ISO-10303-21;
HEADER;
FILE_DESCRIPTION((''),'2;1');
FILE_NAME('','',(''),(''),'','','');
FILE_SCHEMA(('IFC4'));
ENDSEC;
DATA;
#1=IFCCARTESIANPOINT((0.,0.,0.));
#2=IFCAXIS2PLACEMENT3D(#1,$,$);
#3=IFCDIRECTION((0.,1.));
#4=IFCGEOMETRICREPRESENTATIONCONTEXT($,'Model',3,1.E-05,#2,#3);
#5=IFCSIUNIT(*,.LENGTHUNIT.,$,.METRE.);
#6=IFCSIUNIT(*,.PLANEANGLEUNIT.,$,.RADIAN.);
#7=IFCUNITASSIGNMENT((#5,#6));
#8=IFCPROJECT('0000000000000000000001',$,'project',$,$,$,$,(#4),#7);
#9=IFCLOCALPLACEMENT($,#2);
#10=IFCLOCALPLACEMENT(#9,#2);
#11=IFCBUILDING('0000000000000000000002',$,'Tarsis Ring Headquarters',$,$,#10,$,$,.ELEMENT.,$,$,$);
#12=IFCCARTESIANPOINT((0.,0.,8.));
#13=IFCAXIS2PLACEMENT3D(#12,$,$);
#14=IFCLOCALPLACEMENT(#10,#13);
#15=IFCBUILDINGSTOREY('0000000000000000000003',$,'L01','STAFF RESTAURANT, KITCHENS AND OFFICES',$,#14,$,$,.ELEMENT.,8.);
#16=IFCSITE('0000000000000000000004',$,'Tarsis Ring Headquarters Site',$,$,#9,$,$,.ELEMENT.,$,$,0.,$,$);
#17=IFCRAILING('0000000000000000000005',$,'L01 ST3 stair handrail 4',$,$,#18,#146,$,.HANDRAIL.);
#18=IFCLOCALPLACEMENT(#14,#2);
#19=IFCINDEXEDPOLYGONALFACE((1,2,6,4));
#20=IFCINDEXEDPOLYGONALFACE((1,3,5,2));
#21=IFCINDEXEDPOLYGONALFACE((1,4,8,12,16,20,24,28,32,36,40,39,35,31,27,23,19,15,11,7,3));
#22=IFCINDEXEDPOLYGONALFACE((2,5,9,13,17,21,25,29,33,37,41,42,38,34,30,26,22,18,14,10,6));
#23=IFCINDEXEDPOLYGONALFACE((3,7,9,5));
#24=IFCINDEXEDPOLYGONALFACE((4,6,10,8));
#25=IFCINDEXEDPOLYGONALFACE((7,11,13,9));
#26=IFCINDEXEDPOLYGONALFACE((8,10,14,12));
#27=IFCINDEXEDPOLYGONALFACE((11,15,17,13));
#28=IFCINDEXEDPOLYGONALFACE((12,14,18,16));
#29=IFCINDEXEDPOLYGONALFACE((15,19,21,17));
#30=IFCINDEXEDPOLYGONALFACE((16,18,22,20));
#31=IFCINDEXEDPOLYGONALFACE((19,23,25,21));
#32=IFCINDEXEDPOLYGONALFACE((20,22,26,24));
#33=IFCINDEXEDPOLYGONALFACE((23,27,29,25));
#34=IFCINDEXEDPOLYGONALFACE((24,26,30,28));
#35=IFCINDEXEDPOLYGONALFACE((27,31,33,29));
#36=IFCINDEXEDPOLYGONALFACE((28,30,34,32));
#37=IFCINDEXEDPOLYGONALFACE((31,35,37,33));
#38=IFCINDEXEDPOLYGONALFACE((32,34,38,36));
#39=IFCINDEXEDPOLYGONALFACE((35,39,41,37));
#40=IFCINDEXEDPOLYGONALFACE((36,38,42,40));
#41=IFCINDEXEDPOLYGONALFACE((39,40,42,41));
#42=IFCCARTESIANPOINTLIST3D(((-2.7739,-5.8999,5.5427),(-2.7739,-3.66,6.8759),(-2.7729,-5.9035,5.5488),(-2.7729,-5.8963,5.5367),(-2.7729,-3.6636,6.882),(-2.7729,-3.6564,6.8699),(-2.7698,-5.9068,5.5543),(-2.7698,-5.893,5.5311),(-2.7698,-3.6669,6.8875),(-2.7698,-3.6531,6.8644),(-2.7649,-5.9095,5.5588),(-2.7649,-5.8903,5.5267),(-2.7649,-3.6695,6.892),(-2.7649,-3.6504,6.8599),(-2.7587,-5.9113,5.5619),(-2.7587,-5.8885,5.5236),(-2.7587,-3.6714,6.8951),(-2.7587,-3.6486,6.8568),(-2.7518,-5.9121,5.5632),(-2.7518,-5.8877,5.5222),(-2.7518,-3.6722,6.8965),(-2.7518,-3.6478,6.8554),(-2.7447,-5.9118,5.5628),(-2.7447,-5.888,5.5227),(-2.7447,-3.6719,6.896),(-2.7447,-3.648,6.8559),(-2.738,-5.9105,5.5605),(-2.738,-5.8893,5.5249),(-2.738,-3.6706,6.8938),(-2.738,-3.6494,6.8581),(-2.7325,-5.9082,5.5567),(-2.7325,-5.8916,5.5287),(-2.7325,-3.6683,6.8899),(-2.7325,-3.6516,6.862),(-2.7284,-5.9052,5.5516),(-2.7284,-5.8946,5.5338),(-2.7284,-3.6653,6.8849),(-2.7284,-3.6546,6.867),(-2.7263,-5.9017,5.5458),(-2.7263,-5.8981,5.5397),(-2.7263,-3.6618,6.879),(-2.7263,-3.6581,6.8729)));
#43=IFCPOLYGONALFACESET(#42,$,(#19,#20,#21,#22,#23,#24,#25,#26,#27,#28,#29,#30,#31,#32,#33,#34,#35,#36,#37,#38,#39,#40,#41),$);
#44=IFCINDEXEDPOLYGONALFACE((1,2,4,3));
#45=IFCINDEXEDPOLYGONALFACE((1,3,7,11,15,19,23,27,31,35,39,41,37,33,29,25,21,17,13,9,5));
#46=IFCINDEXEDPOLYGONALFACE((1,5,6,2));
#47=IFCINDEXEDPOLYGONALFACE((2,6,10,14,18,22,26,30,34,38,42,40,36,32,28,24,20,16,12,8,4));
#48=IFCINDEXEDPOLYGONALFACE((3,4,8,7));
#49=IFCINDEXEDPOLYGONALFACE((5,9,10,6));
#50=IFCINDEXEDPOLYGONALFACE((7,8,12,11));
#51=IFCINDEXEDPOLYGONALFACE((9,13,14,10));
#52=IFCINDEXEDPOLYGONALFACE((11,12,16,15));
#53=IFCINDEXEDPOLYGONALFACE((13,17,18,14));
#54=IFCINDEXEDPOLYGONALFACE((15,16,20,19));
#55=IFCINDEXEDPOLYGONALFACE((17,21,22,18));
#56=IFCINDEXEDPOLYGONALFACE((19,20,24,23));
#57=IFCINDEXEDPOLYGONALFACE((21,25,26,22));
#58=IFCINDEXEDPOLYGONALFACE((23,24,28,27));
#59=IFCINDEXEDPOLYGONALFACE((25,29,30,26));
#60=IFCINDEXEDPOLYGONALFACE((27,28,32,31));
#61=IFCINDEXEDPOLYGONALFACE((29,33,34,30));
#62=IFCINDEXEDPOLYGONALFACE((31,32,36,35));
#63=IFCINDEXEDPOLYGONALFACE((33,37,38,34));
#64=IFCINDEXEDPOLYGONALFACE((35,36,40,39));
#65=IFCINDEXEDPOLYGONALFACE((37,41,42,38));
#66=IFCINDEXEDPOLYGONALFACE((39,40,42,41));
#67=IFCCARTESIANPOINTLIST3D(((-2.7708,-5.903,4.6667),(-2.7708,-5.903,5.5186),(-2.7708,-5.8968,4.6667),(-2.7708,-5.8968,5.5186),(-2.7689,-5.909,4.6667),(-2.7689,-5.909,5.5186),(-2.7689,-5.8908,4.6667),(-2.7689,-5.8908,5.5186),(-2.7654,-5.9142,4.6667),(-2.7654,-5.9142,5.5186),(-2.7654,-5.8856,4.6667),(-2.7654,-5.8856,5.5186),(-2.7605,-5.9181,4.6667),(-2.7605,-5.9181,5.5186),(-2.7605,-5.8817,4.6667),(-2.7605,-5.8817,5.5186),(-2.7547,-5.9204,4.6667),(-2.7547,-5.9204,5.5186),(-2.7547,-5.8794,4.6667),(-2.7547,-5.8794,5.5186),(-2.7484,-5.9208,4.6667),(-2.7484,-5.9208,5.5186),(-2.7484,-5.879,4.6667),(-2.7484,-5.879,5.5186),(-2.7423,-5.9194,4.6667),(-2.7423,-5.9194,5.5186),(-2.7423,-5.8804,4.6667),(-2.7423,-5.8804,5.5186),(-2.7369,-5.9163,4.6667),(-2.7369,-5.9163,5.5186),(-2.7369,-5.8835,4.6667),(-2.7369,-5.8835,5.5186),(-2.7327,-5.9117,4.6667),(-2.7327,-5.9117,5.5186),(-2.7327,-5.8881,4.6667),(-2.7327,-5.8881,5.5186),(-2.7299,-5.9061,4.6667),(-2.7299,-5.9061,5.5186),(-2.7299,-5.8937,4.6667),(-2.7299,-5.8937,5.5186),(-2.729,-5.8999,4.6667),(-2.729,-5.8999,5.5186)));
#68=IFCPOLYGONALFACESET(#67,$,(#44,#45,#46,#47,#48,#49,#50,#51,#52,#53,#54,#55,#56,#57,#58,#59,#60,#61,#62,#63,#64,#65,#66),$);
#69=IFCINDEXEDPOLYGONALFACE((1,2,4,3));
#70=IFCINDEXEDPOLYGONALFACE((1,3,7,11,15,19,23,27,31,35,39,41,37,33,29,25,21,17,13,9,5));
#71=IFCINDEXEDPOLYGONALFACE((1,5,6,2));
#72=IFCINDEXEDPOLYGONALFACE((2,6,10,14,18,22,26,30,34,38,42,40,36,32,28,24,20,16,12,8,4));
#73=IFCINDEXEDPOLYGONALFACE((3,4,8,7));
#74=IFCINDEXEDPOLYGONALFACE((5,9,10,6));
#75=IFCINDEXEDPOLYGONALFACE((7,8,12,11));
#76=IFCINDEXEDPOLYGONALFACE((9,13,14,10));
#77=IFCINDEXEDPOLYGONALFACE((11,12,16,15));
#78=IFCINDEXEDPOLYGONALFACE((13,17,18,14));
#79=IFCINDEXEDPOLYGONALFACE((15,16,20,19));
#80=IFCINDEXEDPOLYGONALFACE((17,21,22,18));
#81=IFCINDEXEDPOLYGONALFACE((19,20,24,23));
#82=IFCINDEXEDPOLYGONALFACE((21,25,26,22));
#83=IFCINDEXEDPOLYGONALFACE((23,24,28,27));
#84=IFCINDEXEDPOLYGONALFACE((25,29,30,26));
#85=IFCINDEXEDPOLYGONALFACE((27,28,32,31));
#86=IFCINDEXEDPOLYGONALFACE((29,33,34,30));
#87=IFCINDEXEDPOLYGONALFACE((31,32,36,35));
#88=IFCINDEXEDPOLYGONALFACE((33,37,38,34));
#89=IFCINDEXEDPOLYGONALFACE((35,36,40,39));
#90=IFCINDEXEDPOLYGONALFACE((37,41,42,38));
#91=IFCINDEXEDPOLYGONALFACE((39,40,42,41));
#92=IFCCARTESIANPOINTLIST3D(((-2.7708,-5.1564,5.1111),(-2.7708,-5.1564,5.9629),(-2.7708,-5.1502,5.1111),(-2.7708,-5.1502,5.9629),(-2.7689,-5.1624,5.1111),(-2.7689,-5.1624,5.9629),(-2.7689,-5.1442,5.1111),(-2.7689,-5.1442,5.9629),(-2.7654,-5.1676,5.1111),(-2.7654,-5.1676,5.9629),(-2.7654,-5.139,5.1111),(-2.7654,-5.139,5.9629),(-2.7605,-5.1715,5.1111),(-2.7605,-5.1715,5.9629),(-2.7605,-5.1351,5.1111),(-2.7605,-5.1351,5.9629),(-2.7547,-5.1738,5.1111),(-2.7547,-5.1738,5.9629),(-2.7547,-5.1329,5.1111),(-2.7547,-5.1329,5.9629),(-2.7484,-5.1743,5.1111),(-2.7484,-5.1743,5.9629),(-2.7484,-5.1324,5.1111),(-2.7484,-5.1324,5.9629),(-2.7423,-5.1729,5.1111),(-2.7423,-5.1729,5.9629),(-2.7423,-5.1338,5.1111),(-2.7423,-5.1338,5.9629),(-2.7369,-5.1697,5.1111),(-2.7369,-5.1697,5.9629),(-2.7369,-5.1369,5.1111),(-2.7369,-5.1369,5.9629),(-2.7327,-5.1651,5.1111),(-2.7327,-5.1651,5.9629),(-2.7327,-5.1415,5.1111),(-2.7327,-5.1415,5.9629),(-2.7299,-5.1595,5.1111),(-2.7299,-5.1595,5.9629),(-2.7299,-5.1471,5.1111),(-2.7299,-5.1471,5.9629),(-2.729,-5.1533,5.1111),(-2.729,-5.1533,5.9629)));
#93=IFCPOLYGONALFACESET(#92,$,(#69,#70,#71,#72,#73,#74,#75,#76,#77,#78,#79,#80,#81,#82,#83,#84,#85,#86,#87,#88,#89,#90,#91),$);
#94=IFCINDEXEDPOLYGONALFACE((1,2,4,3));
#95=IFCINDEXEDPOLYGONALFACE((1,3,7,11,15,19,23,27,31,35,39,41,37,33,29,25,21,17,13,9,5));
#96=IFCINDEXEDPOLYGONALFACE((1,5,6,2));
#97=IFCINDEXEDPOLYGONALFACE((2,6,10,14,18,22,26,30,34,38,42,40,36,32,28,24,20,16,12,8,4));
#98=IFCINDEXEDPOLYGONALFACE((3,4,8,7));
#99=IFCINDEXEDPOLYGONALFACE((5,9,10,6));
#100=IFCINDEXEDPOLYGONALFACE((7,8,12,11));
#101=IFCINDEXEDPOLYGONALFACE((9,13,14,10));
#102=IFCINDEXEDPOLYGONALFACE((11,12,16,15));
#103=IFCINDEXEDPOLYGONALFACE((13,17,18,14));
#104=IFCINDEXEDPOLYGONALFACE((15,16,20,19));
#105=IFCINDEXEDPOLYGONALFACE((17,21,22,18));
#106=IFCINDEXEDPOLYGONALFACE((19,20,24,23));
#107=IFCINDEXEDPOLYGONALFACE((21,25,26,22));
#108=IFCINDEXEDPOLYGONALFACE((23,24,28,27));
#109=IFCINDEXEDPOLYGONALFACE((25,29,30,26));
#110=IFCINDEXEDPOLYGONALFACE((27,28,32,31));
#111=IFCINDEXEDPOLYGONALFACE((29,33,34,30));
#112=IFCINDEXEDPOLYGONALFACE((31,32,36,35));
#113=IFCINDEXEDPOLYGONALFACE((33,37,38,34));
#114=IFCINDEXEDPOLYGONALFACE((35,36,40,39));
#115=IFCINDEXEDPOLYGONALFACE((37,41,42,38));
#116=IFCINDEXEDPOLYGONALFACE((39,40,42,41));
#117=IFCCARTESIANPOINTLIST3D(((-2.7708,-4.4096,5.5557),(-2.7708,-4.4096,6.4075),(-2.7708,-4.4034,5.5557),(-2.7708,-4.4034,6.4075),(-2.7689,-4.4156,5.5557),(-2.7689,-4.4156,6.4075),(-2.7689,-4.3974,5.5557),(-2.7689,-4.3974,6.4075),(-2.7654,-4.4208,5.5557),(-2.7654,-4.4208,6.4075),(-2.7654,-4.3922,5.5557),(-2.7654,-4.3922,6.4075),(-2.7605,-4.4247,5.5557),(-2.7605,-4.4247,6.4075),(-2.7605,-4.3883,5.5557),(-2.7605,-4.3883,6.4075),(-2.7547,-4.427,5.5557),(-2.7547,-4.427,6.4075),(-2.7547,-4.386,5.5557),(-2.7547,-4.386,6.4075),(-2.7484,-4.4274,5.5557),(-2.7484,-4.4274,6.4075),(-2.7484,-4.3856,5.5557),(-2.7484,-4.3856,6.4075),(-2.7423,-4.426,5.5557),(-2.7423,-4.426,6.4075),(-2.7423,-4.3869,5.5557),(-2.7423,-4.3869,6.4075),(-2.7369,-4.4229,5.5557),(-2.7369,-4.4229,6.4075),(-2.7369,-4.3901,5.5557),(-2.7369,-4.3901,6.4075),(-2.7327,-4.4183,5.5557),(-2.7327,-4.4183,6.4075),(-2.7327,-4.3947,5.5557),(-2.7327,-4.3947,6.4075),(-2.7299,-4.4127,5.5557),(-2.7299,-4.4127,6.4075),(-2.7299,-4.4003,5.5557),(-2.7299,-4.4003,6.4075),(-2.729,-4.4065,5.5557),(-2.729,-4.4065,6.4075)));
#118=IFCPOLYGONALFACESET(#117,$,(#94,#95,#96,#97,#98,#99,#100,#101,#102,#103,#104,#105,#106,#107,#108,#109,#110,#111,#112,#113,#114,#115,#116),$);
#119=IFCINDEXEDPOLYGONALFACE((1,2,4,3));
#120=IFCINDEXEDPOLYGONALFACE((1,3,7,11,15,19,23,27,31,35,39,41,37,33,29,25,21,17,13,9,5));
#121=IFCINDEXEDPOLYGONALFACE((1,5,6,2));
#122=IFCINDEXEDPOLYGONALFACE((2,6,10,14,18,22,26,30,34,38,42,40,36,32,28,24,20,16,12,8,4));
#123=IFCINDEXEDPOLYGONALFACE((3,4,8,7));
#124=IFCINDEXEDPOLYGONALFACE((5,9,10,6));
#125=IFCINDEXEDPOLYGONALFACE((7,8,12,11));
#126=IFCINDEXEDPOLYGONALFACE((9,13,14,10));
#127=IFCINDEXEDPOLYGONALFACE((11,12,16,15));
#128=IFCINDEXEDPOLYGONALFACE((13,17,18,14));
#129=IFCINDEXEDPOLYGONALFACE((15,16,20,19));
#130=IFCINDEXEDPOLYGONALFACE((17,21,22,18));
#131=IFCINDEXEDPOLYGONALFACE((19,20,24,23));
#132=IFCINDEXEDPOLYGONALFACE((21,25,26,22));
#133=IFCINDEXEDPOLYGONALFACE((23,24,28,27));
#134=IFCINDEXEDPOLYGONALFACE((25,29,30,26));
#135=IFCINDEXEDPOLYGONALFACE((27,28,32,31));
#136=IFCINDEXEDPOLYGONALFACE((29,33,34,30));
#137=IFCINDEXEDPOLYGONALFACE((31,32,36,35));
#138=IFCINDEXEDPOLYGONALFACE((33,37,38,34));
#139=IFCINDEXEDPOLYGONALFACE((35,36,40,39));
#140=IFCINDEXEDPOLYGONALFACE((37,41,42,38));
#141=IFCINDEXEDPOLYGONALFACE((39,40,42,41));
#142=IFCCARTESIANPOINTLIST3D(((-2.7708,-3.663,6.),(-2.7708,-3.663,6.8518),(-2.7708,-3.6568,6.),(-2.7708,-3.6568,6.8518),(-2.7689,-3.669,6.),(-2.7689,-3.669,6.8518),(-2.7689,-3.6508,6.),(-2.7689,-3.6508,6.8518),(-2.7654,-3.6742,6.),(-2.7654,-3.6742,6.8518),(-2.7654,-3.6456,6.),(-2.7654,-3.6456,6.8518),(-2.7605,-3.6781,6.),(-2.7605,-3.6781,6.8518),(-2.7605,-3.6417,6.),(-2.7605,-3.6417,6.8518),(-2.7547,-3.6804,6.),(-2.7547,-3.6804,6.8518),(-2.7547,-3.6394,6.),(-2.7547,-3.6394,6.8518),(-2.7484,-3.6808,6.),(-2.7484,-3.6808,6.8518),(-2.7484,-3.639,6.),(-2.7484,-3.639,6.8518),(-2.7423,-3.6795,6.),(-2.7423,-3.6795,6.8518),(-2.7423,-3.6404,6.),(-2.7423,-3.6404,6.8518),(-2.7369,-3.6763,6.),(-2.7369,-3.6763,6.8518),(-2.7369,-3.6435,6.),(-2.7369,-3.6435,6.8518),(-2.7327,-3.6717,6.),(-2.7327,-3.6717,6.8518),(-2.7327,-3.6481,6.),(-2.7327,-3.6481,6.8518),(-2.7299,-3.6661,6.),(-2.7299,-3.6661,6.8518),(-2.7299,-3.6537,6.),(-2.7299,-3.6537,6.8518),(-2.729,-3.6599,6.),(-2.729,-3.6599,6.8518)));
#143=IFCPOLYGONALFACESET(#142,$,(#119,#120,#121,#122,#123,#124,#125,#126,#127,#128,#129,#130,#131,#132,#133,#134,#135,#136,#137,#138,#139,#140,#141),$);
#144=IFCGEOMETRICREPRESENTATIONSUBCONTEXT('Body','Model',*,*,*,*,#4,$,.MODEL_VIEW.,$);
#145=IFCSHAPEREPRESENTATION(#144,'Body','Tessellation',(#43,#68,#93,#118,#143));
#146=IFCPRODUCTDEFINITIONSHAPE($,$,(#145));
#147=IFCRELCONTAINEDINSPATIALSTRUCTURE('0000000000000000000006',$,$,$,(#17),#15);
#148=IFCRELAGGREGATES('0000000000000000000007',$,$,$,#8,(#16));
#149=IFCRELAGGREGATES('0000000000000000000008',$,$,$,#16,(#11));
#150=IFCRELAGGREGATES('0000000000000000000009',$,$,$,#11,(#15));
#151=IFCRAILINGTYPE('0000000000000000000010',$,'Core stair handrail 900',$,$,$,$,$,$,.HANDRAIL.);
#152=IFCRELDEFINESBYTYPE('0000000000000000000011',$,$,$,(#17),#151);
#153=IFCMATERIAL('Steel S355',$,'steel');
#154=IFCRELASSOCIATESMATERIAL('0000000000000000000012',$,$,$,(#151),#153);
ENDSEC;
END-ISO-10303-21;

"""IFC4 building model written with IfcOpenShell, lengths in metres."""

from ifc_helpers import new_model, si_unit, direction, frame, origin, origin_2d, place, context, subcontext, project, spatial, circle, extrude, material, type_object, element, save


model = new_model("IFC4")

# Units and contexts
model_context = context("Model", 3, precision=1e-05, world=origin(), true_north=direction((0.0, 1.0)))
body_context = subcontext(model_context, "Body", "Model", "MODEL_VIEW")
ifc_project = project(units=[si_unit("LENGTHUNIT", "METRE"), si_unit("PLANEANGLEUNIT", "RADIAN")], contexts=[model_context])

# Site, building, storey
site_placement = place(None, origin())
site = spatial("IfcSite", under=ifc_project, at=site_placement, Name="Tarsis Ring Headquarters Site", CompositionType="ELEMENT", RefElevation=0.0)
building_placement = place(site_placement, origin())
building = spatial("IfcBuilding", under=site, at=building_placement, Name="Tarsis Ring Headquarters", CompositionType="ELEMENT")
storey_placement = place(building_placement, frame((0.0, 0.0, 8.0)))
storey = spatial("IfcBuildingStorey", under=building, at=storey_placement, Name="L01", Description="STAFF RESTAURANT, KITCHENS AND OFFICES", CompositionType="ELEMENT", Elevation=8.0)

# Shared definitions
ifc_material_1 = material(Name="Steel S355", Category="steel")

# Railing
railing_type_1 = type_object("IfcRailingType", Name="Core stair handrail 900", PredefinedType="HANDRAIL", material=ifc_material_1)
railing_1_placement = place(storey_placement, frame((-2.75, -5.8999, 4.6667)))
element("IfcRailing", 1, at=railing_1_placement, inside=storey, type_object=railing_type_1, Name="L01 ST3 stair handrail 4", PredefinedType="HANDRAIL", context=body_context, shape_type="SweptSolid", body=[
    extrude(circle(Radius=0.0239, at=origin_2d()), frame((0.0, 0.0, 0.876), z_axis=(0.0, 0.859306, 0.511462), x_axis=(-1.0, 0.0, 0.0)), (0.0, 0.0, 1.0), 2.6067),
    extrude(circle(Radius=0.021, at=origin_2d()), origin(), (0.0, 0.0, 1.0), 0.8518),
    extrude(circle(Radius=0.021, at=origin_2d()), frame((0.0, 0.7466, 0.4443)), (0.0, 0.0, 1.0), 0.8518),
    extrude(circle(Radius=0.021, at=origin_2d()), frame((0.0, 1.4934, 0.8889)), (0.0, 0.0, 1.0), 0.8518),
    extrude(circle(Radius=0.021, at=origin_2d()), frame((0.0, 2.24, 1.3333)), (0.0, 0.0, 1.0), 0.8518),
])

save(model, "model.ifc")
